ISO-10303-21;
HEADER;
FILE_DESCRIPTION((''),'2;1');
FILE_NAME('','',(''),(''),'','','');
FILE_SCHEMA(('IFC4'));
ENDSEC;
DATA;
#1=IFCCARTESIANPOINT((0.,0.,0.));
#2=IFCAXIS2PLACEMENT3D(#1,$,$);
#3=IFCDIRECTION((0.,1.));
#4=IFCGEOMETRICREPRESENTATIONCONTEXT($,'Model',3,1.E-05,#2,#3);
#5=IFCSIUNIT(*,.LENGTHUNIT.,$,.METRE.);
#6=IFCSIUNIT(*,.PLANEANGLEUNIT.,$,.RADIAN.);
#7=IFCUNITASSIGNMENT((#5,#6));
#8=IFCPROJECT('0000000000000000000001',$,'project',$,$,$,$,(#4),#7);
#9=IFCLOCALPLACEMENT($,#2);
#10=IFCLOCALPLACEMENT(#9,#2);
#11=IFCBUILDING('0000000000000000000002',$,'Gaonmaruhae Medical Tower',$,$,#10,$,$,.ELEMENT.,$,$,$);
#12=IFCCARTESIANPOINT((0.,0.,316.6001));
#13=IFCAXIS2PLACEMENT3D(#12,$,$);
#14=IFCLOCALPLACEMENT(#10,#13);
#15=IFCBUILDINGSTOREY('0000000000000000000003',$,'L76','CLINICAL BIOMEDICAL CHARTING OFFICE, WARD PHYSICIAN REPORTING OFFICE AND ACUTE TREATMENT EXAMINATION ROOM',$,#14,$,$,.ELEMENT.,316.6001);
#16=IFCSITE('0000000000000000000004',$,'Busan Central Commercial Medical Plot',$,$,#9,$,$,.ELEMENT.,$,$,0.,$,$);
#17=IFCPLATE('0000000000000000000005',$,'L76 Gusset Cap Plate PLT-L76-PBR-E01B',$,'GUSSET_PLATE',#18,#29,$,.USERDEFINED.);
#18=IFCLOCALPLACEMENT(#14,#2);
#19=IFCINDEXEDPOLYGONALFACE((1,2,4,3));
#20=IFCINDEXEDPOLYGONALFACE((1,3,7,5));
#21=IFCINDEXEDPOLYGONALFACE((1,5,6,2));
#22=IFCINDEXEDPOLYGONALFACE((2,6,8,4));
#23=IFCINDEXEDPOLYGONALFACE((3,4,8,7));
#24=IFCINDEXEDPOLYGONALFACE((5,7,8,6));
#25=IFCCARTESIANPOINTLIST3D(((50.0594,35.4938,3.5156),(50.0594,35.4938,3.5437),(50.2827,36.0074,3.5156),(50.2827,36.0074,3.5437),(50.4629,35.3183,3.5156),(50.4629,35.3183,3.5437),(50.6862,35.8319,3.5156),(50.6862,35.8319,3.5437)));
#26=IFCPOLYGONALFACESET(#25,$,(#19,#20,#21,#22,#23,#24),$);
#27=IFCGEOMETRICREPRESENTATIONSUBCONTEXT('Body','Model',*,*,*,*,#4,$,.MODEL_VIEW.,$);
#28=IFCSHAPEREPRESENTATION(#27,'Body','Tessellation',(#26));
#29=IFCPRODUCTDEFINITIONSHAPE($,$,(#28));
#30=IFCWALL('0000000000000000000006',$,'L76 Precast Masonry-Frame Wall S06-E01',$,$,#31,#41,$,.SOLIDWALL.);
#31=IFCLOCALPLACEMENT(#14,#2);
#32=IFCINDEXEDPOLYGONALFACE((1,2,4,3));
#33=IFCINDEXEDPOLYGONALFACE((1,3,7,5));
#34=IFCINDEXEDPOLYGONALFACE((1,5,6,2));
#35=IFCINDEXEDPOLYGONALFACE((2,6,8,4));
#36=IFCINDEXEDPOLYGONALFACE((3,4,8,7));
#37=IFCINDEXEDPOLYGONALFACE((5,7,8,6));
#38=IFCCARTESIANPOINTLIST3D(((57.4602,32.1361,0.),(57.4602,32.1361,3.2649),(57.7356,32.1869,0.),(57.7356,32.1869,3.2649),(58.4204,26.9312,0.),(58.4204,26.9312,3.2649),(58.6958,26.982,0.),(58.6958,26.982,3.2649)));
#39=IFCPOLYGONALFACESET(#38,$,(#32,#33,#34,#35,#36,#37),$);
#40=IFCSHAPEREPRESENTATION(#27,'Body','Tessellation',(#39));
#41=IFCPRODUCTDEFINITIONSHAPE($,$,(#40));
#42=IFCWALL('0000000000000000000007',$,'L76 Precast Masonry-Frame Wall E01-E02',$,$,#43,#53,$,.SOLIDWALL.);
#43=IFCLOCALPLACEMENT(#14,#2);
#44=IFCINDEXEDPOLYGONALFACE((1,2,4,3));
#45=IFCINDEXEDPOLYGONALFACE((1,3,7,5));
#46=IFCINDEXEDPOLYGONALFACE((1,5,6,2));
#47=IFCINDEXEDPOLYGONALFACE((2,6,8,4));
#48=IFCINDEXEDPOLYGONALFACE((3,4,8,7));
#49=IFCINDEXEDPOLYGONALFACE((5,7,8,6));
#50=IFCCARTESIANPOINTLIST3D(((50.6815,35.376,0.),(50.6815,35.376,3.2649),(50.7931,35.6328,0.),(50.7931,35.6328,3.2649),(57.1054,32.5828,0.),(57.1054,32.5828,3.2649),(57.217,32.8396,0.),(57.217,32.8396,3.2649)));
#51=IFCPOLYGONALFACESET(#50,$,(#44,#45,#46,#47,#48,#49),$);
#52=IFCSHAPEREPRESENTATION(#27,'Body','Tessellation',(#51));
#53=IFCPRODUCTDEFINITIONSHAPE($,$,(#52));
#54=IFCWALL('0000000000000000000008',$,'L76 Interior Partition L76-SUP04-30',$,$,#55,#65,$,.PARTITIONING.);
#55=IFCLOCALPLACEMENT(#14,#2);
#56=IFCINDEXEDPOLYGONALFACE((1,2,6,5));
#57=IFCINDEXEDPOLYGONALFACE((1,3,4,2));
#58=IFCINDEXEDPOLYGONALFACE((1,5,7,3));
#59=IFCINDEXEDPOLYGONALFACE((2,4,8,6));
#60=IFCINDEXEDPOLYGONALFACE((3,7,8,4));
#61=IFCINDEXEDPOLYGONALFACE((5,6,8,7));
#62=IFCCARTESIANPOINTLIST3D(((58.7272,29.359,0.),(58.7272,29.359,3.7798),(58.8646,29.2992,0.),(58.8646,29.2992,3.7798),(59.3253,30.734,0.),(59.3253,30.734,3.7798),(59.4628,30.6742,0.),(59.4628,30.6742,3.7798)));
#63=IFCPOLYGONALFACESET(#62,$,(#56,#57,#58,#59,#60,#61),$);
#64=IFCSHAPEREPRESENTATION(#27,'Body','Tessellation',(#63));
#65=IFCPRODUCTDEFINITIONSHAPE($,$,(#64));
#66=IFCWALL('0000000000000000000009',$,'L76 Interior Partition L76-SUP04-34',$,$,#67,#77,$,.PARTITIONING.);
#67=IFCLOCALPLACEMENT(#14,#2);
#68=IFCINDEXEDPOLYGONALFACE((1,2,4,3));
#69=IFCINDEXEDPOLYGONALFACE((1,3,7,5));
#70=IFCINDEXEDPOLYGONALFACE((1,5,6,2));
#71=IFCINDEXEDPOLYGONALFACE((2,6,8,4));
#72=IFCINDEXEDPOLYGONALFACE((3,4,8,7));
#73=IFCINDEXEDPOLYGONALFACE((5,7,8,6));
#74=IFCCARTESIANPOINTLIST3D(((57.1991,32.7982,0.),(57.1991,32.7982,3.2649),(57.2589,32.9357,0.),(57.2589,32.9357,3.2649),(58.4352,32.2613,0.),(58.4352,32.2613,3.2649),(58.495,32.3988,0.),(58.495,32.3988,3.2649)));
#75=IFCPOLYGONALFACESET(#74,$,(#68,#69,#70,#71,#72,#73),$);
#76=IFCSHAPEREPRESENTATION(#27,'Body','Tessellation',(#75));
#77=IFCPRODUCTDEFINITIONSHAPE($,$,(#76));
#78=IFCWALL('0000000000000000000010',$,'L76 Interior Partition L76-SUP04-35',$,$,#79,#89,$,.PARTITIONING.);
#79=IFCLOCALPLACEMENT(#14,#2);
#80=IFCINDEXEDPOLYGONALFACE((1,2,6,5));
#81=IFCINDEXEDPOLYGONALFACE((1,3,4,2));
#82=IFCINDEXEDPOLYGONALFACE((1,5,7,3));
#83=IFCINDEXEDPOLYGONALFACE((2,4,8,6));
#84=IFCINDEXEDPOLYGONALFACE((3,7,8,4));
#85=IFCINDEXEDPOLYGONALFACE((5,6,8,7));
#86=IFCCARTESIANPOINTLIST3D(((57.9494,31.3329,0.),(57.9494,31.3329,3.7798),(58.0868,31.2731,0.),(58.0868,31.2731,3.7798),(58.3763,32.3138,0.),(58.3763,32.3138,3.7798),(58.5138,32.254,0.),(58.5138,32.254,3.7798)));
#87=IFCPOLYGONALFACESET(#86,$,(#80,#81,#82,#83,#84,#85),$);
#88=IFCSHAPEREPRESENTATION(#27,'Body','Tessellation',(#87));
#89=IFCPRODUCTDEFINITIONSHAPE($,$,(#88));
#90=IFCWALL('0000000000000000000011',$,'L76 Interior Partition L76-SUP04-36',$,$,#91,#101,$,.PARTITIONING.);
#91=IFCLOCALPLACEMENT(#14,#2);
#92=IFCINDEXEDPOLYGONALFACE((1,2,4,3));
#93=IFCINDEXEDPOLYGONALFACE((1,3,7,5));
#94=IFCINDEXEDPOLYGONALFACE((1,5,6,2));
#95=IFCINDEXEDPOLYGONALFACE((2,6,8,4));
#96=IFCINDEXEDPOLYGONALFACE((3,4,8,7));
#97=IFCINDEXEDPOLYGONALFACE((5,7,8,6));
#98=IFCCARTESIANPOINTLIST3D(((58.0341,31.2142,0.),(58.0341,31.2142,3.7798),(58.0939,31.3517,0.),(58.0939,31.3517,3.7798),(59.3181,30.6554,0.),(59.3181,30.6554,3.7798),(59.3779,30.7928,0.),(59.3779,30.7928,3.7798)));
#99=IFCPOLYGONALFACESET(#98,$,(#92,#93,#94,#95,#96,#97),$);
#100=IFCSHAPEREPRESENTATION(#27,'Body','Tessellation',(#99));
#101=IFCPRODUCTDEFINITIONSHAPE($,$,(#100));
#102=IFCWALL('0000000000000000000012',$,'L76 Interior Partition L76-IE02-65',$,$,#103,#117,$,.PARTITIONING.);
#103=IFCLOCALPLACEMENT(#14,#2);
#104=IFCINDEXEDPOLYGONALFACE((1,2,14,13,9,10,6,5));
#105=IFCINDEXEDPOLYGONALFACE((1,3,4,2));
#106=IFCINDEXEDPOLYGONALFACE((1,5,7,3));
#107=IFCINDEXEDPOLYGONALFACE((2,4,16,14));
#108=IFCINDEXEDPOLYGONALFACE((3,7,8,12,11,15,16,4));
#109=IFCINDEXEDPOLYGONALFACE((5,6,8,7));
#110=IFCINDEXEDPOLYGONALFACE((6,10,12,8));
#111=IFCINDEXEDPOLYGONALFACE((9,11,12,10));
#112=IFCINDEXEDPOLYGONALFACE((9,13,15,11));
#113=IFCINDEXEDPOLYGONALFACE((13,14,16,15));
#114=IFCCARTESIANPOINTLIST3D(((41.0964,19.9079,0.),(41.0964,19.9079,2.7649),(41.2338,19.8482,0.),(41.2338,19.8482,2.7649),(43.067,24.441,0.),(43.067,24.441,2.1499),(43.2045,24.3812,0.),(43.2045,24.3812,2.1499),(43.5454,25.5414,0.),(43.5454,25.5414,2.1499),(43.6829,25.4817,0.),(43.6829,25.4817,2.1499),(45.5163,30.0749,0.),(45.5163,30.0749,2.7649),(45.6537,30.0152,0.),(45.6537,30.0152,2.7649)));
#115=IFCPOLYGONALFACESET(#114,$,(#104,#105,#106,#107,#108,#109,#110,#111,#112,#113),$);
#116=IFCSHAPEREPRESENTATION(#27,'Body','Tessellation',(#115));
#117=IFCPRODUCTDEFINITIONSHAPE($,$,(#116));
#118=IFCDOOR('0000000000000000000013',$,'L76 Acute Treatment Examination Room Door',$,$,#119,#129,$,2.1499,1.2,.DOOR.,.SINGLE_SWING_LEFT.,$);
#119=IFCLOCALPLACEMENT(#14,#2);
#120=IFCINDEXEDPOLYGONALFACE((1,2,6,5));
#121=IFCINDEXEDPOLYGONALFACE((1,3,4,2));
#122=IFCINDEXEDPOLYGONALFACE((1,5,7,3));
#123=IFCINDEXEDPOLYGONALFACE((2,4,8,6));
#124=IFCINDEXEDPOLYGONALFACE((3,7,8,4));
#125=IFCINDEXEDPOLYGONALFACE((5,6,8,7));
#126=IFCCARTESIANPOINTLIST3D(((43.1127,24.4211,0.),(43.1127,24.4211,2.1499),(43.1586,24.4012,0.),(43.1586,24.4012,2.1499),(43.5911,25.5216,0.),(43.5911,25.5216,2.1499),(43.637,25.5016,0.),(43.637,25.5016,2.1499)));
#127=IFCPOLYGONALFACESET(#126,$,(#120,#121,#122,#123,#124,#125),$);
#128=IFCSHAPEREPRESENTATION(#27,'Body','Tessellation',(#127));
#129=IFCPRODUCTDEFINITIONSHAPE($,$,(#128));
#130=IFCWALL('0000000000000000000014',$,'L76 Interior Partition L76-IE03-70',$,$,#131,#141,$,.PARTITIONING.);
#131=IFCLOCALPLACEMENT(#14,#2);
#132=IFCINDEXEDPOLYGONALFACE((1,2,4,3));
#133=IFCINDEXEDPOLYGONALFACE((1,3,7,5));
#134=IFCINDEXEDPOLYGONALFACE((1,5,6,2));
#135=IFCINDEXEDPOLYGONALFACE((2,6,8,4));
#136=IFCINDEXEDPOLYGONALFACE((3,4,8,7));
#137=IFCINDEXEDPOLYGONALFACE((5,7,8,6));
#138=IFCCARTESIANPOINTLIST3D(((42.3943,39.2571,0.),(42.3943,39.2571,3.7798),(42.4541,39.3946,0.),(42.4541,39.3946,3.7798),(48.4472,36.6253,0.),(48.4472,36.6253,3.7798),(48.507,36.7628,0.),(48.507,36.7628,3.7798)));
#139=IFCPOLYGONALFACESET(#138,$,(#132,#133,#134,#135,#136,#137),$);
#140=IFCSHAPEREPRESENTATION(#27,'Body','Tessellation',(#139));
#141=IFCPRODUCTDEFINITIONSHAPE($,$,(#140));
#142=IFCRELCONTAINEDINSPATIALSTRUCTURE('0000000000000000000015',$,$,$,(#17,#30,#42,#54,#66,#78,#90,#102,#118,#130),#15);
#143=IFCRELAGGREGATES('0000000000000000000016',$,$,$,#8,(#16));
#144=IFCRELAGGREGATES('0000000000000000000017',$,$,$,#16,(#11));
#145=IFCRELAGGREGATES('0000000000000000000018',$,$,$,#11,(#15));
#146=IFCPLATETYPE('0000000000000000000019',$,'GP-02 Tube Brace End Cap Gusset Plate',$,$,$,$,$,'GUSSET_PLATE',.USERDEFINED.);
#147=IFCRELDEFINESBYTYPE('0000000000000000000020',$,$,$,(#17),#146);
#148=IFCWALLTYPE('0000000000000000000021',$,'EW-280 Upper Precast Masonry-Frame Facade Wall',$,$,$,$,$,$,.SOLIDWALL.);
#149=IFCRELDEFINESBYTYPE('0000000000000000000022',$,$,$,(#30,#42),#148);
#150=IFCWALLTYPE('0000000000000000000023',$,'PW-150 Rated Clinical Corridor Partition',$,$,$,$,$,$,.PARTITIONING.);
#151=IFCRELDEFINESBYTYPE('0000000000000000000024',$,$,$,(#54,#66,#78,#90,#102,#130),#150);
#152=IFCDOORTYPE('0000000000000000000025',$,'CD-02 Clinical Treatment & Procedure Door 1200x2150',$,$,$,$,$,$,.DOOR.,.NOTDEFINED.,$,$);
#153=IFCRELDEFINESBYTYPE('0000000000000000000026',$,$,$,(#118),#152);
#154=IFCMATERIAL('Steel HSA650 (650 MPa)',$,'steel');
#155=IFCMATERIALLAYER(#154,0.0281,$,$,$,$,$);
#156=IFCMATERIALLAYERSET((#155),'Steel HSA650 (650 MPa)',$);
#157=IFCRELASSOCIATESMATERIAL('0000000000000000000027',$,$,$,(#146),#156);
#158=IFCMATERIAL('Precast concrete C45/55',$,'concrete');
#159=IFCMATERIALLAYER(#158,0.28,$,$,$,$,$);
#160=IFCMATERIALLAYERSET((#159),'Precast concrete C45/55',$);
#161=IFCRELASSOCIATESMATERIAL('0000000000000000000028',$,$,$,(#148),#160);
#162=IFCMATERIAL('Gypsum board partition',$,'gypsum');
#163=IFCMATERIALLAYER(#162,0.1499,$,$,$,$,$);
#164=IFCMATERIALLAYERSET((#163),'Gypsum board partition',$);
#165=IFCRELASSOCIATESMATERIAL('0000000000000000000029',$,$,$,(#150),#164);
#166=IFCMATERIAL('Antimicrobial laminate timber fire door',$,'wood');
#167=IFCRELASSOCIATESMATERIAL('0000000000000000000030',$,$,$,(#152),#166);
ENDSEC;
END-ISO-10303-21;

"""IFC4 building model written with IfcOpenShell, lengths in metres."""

from ifc_helpers import new_model, si_unit, direction, frame, frame_2d, origin, origin_2d, place, context, subcontext, project, spatial, rectangle, extrude, material, layer, layer_set, type_object, element, fill, save


model = new_model("IFC4")

# Units and contexts
model_context = context("Model", 3, precision=1e-05, world=origin(), true_north=direction((0.0, 1.0)))
body_context = subcontext(model_context, "Body", "Model", "MODEL_VIEW")
ifc_project = project(units=[si_unit("LENGTHUNIT", "METRE"), si_unit("PLANEANGLEUNIT", "RADIAN")], contexts=[model_context])

# Site, building, storey
site_placement = place(None, origin())
site = spatial("IfcSite", under=ifc_project, at=site_placement, Name="Busan Central Commercial Medical Plot", CompositionType="ELEMENT", RefElevation=0.0)
building_placement = place(site_placement, origin())
building = spatial("IfcBuilding", under=site, at=building_placement, Name="Gaonmaruhae Medical Tower", CompositionType="ELEMENT")
storey_placement = place(building_placement, frame((0.0, 0.0, 316.6001)))
storey = spatial("IfcBuildingStorey", under=building, at=storey_placement, Name="L76", Description="CLINICAL BIOMEDICAL CHARTING OFFICE, WARD PHYSICIAN REPORTING OFFICE AND ACUTE TREATMENT EXAMINATION ROOM", CompositionType="ELEMENT", Elevation=316.6001)

# Plate
ifc_material_1 = material(Name="Steel HSA650 (650 MPa)", Category="steel")
ifc_layer_1 = layer(ifc_material_1, 0.0281)
ifc_layer_set_1 = layer_set([ifc_layer_1], Name="Steel HSA650 (650 MPa)")
plate_type = type_object("IfcPlateType", Name="GP-02 Tube Brace End Cap Gusset Plate", ElementType="GUSSET_PLATE", PredefinedType="USERDEFINED", material=ifc_layer_set_1)
for number, where, z_axis, x_axis, name in (
    (1, (50.3728, 35.6628, 3.5156), (0.0, 0.0, 1.0), (0.398749, 0.91706, 0.0), "L76 Gusset Cap Plate PLT-L76-PBR-E01B"),
):
    element("IfcPlate", number, at=place(storey_placement, frame(where, z_axis=z_axis, x_axis=x_axis)), inside=storey, type_object=plate_type, Name=name, ObjectType="GUSSET_PLATE", PredefinedType="USERDEFINED", context=body_context, shape_type="SweptSolid", body=[
        extrude(rectangle(XDim=0.5601, YDim=0.4399, at=origin_2d()), origin(), (0.0, 0.0, 1.0), 0.0281),
    ])

# Walls
ifc_material_2 = material(Name="Precast concrete C45/55", Category="concrete")
ifc_layer_2 = layer(ifc_material_2, 0.28)
ifc_layer_set_2 = layer_set([ifc_layer_2], Name="Precast concrete C45/55")
wall_type_1 = type_object("IfcWallType", Name="EW-280 Upper Precast Masonry-Frame Facade Wall", PredefinedType="SOLIDWALL", material=ifc_layer_set_2)
wall_1_placement = place(storey_placement, frame((57.5979, 32.1616, 0.0), z_axis=(0.0, 0.0, 1.0), x_axis=(0.181422, -0.983405, 0.0)))
element("IfcWall", 2, at=wall_1_placement, inside=storey, type_object=wall_type_1, Name="L76 Precast Masonry-Frame Wall S06-E01", PredefinedType="SOLIDWALL", context=body_context, shape_type="SweptSolid", body=[
    extrude(rectangle(XDim=5.2927, YDim=0.28, at=frame_2d((2.6465, 0.0))), origin(), (0.0, 0.0, 1.0), 3.2649),
])
wall_2_placement = place(storey_placement, frame((50.7373, 35.5044, 0.0), z_axis=(0.0, 0.0, 1.0), x_axis=(0.917057, -0.398755, 0.0)))
element("IfcWall", 3, at=wall_2_placement, inside=storey, type_object=wall_type_1, Name="L76 Precast Masonry-Frame Wall E01-E02", PredefinedType="SOLIDWALL", context=body_context, shape_type="SweptSolid", body=[
    extrude(rectangle(XDim=7.0049, YDim=0.28, at=frame_2d((3.5024, 0.0))), origin(), (0.0, 0.0, 1.0), 3.2649),
])
ifc_material_3 = material(Name="Gypsum board partition", Category="gypsum")
ifc_layer_3 = layer(ifc_material_3, 0.1499)
ifc_layer_set_3 = layer_set([ifc_layer_3], Name="Gypsum board partition")
wall_type_2 = type_object("IfcWallType", Name="PW-150 Rated Clinical Corridor Partition", PredefinedType="PARTITIONING", material=ifc_layer_set_3)
wall_3_placement = place(storey_placement, frame((59.394, 30.7041, 0.0), z_axis=(0.0, 0.0, 1.0), x_axis=(-0.398905, -0.916992, 0.0)))
element("IfcWall", 4, at=wall_3_placement, inside=storey, type_object=wall_type_2, Name="L76 Interior Partition L76-SUP04-30", PredefinedType="PARTITIONING", context=body_context, shape_type="SweptSolid", body=[
    extrude(rectangle(XDim=1.4995, YDim=0.1499, at=frame_2d((0.7498, 0.0))), origin(), (0.0, 0.0, 1.0), 3.7798),
])
wall_4_placement = place(storey_placement, frame((57.229, 32.8669, 0.0), z_axis=(0.0, 0.0, 1.0), x_axis=(0.917223, -0.398375, 0.0)))
element("IfcWall", 5, at=wall_4_placement, inside=storey, type_object=wall_type_2, Name="L76 Interior Partition L76-SUP04-34", PredefinedType="PARTITIONING", context=body_context, shape_type="SweptSolid", body=[
    extrude(rectangle(XDim=1.3477, YDim=0.1499, at=frame_2d((0.6738, 0.0))), origin(), (0.0, 0.0, 1.0), 3.2649),
])
wall_5_placement = place(storey_placement, frame((58.4451, 32.2839, 0.0), z_axis=(0.0, 0.0, 1.0), x_axis=(-0.399118, -0.916899, 0.0)))
element("IfcWall", 6, at=wall_5_placement, inside=storey, type_object=wall_type_2, Name="L76 Interior Partition L76-SUP04-35", PredefinedType="PARTITIONING", context=body_context, shape_type="SweptSolid", body=[
    extrude(rectangle(XDim=1.0698, YDim=0.1499, at=frame_2d((0.5349, 0.0))), origin(), (0.0, 0.0, 1.0), 3.7798),
])
wall_6_placement = place(storey_placement, frame((58.064, 31.283, 0.0), z_axis=(0.0, 0.0, 1.0), x_axis=(0.916912, -0.399089, 0.0)))
element("IfcWall", 7, at=wall_6_placement, inside=storey, type_object=wall_type_2, Name="L76 Interior Partition L76-SUP04-36", PredefinedType="PARTITIONING", context=body_context, shape_type="SweptSolid", body=[
    extrude(rectangle(XDim=1.4004, YDim=0.1499, at=frame_2d((0.7002, 0.0))), origin(), (0.0, 0.0, 1.0), 3.7798),
])

# Wall, opening, door
wall_7_placement = place(storey_placement, frame((45.585, 30.0449, 0.0), z_axis=(0.0, 0.0, 1.0), x_axis=(-0.398687, -0.917087, 0.0)))
wall_7 = element("IfcWall", 8, at=wall_7_placement, inside=storey, type_object=wall_type_2, Name="L76 Interior Partition L76-IE02-65", PredefinedType="PARTITIONING", context=body_context, shape_type="SweptSolid", body=[
    extrude(rectangle(XDim=11.0862, YDim=0.1499, at=frame_2d((5.543, 0.0))), origin(), (0.0, 0.0, 1.0), 2.7649),
])
opening_1_placement = place(wall_7_placement, frame((4.9431, 0.0, 0.0)))
opening_1 = element("IfcOpeningElement", 9, at=opening_1_placement, cuts=wall_7, PredefinedType="OPENING", context=body_context, shape_type="SweptSolid", body=[
    extrude(rectangle(XDim=1.2, YDim=2.1499, at=frame_2d((0.6001, 1.075))), frame((0.0, 0.085, 0.0), z_axis=(0.0, -1.0, 0.0), x_axis=(1.0, 0.0, 0.0)), (0.0, 0.0, 1.0), 0.1699),
])
ifc_material_4 = material(Name="Antimicrobial laminate timber fire door", Category="wood")
door_type = type_object("IfcDoorType", Name="CD-02 Clinical Treatment & Procedure Door 1200x2150", OperationType="NOTDEFINED", PredefinedType="DOOR", material=ifc_material_4)
door_1_placement = place(opening_1_placement, origin())
door_1 = element("IfcDoor", 10, at=door_1_placement, inside=storey, type_object=door_type, Name="L76 Acute Treatment Examination Room Door", OperationType="SINGLE_SWING_LEFT", OverallHeight=2.1499, OverallWidth=1.2, PredefinedType="DOOR", context=body_context, shape_type="SweptSolid", body=[
    extrude(rectangle(XDim=1.2, YDim=2.1499, at=frame_2d((0.6001, 1.075))), frame((0.0, 0.0249, 0.0), z_axis=(0.0, -1.0, 0.0), x_axis=(1.0, 0.0, 0.0)), (0.0, 0.0, 1.0), 0.05),
])
fill(opening_1, door_1)

# Wall
wall_8_placement = place(storey_placement, frame((42.4241, 39.3259, 0.0), z_axis=(0.0, 0.0, 1.0), x_axis=(0.917064, -0.39874, 0.0)))
element("IfcWall", 11, at=wall_8_placement, inside=storey, type_object=wall_type_2, Name="L76 Interior Partition L76-IE03-70", PredefinedType="PARTITIONING", context=body_context, shape_type="SweptSolid", body=[
    extrude(rectangle(XDim=6.6003, YDim=0.1499, at=frame_2d((3.3003, 0.0))), origin(), (0.0, 0.0, 1.0), 3.7798),
])

save(model, "model.ifc")
